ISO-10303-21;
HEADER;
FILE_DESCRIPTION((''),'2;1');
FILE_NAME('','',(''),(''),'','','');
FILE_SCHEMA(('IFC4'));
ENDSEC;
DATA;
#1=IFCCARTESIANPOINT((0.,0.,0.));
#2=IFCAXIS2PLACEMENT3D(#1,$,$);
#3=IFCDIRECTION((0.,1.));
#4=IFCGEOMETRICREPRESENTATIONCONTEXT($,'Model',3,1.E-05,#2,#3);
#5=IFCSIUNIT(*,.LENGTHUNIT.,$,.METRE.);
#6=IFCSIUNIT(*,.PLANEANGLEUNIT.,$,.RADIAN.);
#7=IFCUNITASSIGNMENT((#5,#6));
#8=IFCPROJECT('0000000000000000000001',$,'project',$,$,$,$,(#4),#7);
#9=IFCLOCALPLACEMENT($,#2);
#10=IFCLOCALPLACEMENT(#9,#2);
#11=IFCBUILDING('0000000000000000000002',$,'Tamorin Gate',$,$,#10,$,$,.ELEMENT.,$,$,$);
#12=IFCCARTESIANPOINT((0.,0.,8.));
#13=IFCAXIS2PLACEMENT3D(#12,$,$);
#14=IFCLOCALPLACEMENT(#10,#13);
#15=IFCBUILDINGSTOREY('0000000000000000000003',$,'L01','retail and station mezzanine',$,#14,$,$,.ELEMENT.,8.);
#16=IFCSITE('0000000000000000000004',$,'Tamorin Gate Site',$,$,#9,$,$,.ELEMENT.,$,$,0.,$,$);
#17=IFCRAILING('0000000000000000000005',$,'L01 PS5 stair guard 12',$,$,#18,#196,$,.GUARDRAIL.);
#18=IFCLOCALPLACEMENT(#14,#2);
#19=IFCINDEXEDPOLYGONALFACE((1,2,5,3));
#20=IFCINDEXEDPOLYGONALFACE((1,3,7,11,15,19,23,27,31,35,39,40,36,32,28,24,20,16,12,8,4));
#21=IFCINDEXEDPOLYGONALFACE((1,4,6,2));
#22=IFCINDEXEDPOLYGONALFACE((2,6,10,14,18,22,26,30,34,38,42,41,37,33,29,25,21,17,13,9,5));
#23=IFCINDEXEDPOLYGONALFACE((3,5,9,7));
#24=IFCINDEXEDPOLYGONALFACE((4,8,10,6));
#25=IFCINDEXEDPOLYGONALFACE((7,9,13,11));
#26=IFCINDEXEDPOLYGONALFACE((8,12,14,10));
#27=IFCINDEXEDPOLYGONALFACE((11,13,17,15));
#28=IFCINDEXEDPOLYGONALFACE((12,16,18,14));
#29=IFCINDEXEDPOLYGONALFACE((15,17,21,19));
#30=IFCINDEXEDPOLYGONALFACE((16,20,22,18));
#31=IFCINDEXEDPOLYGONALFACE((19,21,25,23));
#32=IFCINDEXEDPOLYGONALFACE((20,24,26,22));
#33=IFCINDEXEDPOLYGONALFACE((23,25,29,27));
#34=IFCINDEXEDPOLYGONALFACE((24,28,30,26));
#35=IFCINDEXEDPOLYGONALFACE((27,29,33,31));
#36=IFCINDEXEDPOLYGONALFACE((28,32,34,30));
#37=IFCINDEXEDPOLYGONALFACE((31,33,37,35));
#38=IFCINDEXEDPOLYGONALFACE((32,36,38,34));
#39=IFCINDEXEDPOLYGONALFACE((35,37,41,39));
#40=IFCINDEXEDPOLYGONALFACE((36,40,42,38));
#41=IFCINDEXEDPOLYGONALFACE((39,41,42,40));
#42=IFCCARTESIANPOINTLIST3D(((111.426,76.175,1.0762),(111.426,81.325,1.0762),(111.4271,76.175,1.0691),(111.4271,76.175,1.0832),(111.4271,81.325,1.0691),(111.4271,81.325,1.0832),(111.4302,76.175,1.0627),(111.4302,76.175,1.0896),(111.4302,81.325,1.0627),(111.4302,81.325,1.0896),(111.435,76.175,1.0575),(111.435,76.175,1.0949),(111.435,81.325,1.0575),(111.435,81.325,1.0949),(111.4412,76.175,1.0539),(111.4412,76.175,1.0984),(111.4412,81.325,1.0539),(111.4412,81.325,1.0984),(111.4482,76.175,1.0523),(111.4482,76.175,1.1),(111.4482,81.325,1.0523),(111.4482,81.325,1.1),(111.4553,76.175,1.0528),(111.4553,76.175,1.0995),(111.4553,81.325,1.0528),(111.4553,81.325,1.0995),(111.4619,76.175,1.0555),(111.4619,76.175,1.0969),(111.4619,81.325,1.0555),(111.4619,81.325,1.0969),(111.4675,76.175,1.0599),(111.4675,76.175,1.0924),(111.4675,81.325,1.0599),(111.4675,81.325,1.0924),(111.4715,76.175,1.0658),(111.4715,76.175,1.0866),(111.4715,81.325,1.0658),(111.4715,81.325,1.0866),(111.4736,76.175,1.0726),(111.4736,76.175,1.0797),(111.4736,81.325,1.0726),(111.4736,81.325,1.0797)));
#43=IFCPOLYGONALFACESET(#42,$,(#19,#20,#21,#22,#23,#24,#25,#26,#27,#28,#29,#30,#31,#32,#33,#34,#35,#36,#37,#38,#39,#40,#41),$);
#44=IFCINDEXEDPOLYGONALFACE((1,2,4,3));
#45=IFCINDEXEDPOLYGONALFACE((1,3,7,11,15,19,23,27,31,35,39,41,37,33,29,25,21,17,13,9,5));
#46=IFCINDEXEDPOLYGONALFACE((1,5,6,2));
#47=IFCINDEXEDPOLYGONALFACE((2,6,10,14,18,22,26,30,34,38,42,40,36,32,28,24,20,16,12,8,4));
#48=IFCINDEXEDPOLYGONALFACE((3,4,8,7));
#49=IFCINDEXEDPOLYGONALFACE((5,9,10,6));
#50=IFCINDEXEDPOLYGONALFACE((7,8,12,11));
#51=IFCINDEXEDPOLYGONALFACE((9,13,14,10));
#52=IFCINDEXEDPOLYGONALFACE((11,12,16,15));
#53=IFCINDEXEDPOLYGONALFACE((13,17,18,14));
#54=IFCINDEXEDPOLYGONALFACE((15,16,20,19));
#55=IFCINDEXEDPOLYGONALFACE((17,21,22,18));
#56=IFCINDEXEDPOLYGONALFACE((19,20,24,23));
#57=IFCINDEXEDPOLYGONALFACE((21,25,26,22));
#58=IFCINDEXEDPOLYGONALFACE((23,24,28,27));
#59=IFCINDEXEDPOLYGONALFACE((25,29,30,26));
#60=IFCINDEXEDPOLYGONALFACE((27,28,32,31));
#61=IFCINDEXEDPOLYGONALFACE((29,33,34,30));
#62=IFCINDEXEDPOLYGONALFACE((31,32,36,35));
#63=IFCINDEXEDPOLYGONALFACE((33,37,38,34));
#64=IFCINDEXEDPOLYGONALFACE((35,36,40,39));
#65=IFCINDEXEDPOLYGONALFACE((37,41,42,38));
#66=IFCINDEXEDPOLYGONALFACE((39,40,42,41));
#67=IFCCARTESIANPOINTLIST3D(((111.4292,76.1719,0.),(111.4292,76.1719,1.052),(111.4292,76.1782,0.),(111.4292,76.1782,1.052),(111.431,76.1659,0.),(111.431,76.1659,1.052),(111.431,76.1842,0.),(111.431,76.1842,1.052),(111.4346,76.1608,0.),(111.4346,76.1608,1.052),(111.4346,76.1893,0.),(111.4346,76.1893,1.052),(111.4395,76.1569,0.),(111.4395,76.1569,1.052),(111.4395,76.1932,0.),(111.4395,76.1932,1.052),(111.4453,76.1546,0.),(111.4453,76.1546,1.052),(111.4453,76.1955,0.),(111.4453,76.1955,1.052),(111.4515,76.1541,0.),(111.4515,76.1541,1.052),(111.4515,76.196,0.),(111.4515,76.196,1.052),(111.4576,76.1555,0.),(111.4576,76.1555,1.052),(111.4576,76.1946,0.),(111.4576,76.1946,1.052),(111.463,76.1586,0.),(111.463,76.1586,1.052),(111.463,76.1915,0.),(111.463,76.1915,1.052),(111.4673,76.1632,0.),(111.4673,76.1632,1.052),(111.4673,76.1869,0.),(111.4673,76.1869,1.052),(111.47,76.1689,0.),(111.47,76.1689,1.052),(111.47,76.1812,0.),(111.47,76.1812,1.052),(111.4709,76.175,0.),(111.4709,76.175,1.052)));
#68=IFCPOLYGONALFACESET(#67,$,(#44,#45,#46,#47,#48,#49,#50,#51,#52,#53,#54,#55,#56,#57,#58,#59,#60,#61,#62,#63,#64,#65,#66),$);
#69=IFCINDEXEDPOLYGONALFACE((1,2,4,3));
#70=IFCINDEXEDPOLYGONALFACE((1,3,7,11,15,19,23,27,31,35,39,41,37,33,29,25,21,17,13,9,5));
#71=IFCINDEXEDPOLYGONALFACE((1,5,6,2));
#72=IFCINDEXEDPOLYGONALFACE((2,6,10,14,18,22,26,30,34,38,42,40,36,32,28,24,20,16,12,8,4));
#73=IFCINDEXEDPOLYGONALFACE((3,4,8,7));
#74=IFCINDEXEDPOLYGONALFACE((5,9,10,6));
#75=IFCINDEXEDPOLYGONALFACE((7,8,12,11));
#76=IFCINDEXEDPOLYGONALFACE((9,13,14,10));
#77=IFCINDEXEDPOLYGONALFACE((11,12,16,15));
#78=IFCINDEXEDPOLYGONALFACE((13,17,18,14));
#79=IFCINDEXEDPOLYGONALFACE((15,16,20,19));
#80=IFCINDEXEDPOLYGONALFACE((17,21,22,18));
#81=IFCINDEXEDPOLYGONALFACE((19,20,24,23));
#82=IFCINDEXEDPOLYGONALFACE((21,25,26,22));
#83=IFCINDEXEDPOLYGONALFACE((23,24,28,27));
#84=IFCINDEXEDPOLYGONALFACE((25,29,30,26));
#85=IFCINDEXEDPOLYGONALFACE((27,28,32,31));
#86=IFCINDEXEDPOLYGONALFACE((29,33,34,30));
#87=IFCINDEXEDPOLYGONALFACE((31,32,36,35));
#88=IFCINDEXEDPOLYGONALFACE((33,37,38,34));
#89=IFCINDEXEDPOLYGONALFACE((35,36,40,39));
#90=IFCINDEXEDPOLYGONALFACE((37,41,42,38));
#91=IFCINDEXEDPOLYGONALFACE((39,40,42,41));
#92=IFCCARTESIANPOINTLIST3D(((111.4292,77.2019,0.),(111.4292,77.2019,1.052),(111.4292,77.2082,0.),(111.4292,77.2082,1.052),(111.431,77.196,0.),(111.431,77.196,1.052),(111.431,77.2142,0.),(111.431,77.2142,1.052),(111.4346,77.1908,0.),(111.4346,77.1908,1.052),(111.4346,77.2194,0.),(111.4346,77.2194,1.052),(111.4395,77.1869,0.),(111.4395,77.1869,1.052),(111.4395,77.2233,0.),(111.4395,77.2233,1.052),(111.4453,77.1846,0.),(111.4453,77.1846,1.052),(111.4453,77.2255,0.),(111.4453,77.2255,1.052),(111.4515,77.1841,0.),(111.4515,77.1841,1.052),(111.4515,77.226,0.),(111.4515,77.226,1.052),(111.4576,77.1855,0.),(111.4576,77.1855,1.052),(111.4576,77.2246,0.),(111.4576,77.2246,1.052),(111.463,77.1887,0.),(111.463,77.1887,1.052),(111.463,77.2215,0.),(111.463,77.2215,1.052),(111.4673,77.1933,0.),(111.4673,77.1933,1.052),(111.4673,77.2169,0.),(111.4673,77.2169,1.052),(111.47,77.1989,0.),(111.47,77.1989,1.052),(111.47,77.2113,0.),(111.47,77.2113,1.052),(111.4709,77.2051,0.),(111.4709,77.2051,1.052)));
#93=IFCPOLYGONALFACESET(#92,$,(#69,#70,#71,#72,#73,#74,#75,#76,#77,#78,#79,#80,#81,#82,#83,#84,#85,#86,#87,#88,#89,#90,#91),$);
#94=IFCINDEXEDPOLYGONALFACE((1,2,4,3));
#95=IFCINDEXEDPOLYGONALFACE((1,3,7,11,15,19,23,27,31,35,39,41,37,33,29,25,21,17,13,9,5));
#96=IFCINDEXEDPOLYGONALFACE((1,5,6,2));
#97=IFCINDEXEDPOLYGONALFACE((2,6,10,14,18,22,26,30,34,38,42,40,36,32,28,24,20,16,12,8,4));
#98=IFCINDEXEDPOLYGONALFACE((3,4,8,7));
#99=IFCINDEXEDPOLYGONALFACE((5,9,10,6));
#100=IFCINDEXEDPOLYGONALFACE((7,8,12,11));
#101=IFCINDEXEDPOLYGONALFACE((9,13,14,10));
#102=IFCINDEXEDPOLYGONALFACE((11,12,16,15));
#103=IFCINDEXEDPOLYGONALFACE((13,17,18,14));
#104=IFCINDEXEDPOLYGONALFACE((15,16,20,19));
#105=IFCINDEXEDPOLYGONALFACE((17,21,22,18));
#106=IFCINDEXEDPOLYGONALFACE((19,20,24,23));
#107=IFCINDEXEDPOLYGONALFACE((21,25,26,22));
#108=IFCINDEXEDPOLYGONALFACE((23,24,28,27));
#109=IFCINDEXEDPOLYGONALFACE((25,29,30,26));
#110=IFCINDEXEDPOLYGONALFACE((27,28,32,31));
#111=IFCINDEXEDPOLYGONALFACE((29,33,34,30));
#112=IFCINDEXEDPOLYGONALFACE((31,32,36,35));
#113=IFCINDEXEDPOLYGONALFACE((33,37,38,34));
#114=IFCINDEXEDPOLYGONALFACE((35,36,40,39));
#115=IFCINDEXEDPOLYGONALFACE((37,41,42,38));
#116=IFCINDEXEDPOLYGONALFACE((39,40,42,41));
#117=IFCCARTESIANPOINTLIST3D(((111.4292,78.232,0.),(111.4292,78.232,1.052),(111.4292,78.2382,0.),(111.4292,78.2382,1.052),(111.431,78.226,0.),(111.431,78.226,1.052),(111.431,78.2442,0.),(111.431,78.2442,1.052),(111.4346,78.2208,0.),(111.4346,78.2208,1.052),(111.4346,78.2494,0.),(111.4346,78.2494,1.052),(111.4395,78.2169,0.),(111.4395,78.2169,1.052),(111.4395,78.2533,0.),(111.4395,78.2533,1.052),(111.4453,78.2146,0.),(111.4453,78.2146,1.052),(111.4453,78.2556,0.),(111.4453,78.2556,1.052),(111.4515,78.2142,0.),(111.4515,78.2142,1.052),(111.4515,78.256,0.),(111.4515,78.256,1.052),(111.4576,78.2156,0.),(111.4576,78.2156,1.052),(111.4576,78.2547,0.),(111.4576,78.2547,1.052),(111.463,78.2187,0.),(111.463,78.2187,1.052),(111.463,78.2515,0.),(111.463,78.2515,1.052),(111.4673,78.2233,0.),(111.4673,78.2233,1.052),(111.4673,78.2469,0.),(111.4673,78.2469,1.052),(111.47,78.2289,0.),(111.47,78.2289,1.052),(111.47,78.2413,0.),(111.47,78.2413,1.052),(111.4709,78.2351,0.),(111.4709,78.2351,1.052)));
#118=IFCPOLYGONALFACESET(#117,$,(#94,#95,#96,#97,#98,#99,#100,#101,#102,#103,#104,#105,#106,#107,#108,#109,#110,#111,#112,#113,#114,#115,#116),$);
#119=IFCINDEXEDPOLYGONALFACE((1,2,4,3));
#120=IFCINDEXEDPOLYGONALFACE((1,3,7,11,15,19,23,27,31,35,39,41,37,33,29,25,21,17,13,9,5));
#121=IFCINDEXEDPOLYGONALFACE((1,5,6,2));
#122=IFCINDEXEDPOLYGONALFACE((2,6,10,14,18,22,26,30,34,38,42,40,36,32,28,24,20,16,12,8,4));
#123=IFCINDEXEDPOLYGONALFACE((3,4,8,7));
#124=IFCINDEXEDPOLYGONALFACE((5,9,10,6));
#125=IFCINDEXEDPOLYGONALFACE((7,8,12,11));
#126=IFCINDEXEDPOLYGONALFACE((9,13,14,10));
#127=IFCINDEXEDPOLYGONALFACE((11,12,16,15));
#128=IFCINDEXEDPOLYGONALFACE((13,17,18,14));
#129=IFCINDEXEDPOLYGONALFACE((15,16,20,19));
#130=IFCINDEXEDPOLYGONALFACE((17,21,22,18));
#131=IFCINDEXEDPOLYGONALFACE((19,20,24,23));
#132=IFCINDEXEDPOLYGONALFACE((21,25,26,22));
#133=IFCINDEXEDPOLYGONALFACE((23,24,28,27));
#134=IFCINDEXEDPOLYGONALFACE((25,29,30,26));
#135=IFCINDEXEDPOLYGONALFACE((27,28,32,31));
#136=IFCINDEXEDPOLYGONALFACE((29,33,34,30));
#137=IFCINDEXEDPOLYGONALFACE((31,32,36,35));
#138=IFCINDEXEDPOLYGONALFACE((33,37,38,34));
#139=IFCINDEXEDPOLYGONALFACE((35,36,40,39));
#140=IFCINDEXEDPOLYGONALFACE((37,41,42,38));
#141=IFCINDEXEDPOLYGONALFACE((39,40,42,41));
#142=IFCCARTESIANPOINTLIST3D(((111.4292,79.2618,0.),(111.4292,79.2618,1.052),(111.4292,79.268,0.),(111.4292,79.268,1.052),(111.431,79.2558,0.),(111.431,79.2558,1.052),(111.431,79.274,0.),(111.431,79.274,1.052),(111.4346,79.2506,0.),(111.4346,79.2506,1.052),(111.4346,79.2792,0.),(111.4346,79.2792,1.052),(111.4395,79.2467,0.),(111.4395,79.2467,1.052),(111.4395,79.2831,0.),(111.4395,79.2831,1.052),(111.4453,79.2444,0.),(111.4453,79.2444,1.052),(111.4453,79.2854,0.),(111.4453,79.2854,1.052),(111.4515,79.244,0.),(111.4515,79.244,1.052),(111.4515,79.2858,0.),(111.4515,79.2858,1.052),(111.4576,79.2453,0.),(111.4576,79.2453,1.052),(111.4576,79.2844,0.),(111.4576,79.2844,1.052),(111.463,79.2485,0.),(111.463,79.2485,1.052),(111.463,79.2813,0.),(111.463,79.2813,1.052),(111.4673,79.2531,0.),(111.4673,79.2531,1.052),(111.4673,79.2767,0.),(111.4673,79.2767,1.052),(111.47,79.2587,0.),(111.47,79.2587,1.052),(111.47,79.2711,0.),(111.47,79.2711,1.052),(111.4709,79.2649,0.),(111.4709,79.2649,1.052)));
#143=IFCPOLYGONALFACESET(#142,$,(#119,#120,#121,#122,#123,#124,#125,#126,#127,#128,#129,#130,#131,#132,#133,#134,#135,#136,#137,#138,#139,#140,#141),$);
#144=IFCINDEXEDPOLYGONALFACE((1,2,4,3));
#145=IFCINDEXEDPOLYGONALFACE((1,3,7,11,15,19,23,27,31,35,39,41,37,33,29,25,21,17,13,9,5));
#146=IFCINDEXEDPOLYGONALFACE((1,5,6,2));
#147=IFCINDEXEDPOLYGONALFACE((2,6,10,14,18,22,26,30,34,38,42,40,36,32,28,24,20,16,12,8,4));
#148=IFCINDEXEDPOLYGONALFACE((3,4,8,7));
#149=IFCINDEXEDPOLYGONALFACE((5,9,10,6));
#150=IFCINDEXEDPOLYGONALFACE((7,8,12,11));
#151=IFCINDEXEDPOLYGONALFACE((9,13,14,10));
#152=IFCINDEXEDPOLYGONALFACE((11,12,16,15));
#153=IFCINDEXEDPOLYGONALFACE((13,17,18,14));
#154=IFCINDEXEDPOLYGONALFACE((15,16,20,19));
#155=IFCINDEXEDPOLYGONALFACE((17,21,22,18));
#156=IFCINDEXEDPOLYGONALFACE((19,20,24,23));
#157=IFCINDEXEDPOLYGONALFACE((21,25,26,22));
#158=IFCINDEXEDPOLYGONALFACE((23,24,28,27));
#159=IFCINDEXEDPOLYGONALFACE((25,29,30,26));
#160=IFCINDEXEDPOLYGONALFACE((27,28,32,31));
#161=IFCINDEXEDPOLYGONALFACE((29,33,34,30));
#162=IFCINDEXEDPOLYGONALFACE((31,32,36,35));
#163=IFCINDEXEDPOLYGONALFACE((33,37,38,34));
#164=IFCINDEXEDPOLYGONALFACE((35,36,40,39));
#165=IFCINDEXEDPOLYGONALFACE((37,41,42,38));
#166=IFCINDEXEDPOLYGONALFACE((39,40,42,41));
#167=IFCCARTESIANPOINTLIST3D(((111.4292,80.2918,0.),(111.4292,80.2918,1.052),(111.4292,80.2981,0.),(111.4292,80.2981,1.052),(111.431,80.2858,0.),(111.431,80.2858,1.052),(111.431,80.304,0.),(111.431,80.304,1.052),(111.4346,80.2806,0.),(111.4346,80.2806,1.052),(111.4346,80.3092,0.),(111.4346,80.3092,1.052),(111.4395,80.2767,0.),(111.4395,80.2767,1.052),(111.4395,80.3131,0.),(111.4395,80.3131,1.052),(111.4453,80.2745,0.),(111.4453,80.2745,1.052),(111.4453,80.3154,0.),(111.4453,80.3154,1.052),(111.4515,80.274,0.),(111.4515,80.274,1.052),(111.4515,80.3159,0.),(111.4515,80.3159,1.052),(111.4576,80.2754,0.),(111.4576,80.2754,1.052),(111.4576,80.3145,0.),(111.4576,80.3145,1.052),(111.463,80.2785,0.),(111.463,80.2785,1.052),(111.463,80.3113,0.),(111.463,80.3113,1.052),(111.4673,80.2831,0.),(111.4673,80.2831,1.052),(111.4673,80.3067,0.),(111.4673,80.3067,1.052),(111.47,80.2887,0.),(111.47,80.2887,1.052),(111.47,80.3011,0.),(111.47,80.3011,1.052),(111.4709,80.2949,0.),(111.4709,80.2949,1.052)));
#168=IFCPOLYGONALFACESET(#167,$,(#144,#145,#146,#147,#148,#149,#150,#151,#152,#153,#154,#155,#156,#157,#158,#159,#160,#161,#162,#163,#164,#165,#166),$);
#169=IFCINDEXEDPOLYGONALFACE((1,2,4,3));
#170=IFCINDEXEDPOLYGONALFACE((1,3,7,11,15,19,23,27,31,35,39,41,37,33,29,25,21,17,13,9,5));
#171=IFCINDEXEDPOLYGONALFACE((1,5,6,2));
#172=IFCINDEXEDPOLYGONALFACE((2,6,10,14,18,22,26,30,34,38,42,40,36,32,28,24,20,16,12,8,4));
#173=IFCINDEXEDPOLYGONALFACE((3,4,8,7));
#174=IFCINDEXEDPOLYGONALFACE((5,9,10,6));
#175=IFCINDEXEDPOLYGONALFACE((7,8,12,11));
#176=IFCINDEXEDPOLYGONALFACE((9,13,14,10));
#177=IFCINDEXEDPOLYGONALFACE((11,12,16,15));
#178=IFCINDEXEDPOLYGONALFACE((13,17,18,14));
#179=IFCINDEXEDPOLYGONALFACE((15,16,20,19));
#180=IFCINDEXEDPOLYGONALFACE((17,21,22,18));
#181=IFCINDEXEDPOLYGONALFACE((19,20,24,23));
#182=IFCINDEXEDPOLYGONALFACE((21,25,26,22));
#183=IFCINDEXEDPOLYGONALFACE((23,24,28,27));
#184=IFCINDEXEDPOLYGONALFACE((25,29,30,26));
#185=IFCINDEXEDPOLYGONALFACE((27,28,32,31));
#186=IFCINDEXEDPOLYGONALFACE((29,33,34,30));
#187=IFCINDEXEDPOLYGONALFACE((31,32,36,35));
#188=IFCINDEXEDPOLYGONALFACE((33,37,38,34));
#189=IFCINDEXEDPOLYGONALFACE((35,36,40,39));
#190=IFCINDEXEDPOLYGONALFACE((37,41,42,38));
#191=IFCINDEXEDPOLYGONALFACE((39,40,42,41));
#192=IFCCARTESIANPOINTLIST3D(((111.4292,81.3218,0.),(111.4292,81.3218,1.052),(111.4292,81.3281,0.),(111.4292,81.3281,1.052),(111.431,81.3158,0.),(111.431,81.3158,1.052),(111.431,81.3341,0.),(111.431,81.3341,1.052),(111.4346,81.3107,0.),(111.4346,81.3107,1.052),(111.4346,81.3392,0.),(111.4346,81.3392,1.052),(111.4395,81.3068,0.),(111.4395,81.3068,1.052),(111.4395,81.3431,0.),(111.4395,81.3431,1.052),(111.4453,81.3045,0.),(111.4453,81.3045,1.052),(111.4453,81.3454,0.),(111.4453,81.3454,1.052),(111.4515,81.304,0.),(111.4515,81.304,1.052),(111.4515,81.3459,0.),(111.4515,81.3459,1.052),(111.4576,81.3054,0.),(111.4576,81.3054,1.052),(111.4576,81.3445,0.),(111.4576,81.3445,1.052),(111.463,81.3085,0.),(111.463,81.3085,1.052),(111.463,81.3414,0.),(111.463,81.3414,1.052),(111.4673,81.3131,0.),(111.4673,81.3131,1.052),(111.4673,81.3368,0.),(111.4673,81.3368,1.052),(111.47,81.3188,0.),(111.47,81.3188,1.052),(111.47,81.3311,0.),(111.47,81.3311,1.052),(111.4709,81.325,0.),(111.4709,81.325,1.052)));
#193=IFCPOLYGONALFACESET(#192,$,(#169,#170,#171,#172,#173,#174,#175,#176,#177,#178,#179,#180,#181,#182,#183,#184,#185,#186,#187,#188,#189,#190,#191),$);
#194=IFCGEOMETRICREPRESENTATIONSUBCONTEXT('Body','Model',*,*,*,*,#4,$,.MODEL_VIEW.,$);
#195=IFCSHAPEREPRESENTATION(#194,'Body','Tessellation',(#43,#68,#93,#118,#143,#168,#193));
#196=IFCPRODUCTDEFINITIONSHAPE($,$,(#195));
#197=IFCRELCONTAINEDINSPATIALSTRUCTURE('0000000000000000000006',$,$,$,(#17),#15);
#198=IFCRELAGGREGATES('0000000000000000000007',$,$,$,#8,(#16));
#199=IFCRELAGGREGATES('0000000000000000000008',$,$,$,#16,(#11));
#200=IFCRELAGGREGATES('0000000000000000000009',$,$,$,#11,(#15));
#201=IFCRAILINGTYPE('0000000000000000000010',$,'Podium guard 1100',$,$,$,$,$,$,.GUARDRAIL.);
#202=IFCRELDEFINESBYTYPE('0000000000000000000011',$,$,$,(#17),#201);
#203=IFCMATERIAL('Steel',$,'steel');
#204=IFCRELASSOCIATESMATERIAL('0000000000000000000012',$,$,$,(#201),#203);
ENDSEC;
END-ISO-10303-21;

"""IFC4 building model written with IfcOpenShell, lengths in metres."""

from ifc_helpers import new_model, si_unit, direction, frame, origin, origin_2d, place, context, subcontext, project, spatial, circle, extrude, material, type_object, element, save


model = new_model("IFC4")

# Units and contexts
model_context = context("Model", 3, precision=1e-05, world=origin(), true_north=direction((0.0, 1.0)))
body_context = subcontext(model_context, "Body", "Model", "MODEL_VIEW")
ifc_project = project(units=[si_unit("LENGTHUNIT", "METRE"), si_unit("PLANEANGLEUNIT", "RADIAN")], contexts=[model_context])

# Site, building, storey
site_placement = place(None, origin())
site = spatial("IfcSite", under=ifc_project, at=site_placement, Name="Tamorin Gate Site", CompositionType="ELEMENT", RefElevation=0.0)
building_placement = place(site_placement, origin())
building = spatial("IfcBuilding", under=site, at=building_placement, Name="Tamorin Gate", CompositionType="ELEMENT")
storey_placement = place(building_placement, frame((0.0, 0.0, 8.0)))
storey = spatial("IfcBuildingStorey", under=building, at=storey_placement, Name="L01", Description="retail and station mezzanine", CompositionType="ELEMENT", Elevation=8.0)

# Railing
ifc_material_1 = material(Name="Steel", Category="steel")
railing_type = type_object("IfcRailingType", Name="Podium guard 1100", PredefinedType="GUARDRAIL", material=ifc_material_1)
railing_1_placement = place(storey_placement, frame((111.45, 76.175, 0.0)))
element("IfcRailing", 1, at=railing_1_placement, inside=storey, type_object=railing_type, Name="L01 PS5 stair guard 12", PredefinedType="GUARDRAIL", context=body_context, shape_type="SweptSolid", body=[
    extrude(circle(Radius=0.0239, at=origin_2d()), frame((0.0, 0.0, 1.0762), z_axis=(0.0, 1.0, 0.0), x_axis=(-1.0, 0.0, 0.0)), (0.0, 0.0, 1.0), 5.1499),
    extrude(circle(Radius=0.021, at=origin_2d()), origin(), (0.0, 0.0, 1.0), 1.052),
    extrude(circle(Radius=0.021, at=origin_2d()), frame((0.0, 1.03, 0.0)), (0.0, 0.0, 1.0), 1.052),
    extrude(circle(Radius=0.021, at=origin_2d()), frame((0.0, 2.0601, 0.0)), (0.0, 0.0, 1.0), 1.052),
    extrude(circle(Radius=0.021, at=origin_2d()), frame((0.0, 3.0898, 0.0)), (0.0, 0.0, 1.0), 1.052),
    extrude(circle(Radius=0.021, at=origin_2d()), frame((0.0, 4.1199, 0.0)), (0.0, 0.0, 1.0), 1.052),
    extrude(circle(Radius=0.021, at=origin_2d()), frame((0.0, 5.1499, 0.0)), (0.0, 0.0, 1.0), 1.052),
])

save(model, "model.ifc")
